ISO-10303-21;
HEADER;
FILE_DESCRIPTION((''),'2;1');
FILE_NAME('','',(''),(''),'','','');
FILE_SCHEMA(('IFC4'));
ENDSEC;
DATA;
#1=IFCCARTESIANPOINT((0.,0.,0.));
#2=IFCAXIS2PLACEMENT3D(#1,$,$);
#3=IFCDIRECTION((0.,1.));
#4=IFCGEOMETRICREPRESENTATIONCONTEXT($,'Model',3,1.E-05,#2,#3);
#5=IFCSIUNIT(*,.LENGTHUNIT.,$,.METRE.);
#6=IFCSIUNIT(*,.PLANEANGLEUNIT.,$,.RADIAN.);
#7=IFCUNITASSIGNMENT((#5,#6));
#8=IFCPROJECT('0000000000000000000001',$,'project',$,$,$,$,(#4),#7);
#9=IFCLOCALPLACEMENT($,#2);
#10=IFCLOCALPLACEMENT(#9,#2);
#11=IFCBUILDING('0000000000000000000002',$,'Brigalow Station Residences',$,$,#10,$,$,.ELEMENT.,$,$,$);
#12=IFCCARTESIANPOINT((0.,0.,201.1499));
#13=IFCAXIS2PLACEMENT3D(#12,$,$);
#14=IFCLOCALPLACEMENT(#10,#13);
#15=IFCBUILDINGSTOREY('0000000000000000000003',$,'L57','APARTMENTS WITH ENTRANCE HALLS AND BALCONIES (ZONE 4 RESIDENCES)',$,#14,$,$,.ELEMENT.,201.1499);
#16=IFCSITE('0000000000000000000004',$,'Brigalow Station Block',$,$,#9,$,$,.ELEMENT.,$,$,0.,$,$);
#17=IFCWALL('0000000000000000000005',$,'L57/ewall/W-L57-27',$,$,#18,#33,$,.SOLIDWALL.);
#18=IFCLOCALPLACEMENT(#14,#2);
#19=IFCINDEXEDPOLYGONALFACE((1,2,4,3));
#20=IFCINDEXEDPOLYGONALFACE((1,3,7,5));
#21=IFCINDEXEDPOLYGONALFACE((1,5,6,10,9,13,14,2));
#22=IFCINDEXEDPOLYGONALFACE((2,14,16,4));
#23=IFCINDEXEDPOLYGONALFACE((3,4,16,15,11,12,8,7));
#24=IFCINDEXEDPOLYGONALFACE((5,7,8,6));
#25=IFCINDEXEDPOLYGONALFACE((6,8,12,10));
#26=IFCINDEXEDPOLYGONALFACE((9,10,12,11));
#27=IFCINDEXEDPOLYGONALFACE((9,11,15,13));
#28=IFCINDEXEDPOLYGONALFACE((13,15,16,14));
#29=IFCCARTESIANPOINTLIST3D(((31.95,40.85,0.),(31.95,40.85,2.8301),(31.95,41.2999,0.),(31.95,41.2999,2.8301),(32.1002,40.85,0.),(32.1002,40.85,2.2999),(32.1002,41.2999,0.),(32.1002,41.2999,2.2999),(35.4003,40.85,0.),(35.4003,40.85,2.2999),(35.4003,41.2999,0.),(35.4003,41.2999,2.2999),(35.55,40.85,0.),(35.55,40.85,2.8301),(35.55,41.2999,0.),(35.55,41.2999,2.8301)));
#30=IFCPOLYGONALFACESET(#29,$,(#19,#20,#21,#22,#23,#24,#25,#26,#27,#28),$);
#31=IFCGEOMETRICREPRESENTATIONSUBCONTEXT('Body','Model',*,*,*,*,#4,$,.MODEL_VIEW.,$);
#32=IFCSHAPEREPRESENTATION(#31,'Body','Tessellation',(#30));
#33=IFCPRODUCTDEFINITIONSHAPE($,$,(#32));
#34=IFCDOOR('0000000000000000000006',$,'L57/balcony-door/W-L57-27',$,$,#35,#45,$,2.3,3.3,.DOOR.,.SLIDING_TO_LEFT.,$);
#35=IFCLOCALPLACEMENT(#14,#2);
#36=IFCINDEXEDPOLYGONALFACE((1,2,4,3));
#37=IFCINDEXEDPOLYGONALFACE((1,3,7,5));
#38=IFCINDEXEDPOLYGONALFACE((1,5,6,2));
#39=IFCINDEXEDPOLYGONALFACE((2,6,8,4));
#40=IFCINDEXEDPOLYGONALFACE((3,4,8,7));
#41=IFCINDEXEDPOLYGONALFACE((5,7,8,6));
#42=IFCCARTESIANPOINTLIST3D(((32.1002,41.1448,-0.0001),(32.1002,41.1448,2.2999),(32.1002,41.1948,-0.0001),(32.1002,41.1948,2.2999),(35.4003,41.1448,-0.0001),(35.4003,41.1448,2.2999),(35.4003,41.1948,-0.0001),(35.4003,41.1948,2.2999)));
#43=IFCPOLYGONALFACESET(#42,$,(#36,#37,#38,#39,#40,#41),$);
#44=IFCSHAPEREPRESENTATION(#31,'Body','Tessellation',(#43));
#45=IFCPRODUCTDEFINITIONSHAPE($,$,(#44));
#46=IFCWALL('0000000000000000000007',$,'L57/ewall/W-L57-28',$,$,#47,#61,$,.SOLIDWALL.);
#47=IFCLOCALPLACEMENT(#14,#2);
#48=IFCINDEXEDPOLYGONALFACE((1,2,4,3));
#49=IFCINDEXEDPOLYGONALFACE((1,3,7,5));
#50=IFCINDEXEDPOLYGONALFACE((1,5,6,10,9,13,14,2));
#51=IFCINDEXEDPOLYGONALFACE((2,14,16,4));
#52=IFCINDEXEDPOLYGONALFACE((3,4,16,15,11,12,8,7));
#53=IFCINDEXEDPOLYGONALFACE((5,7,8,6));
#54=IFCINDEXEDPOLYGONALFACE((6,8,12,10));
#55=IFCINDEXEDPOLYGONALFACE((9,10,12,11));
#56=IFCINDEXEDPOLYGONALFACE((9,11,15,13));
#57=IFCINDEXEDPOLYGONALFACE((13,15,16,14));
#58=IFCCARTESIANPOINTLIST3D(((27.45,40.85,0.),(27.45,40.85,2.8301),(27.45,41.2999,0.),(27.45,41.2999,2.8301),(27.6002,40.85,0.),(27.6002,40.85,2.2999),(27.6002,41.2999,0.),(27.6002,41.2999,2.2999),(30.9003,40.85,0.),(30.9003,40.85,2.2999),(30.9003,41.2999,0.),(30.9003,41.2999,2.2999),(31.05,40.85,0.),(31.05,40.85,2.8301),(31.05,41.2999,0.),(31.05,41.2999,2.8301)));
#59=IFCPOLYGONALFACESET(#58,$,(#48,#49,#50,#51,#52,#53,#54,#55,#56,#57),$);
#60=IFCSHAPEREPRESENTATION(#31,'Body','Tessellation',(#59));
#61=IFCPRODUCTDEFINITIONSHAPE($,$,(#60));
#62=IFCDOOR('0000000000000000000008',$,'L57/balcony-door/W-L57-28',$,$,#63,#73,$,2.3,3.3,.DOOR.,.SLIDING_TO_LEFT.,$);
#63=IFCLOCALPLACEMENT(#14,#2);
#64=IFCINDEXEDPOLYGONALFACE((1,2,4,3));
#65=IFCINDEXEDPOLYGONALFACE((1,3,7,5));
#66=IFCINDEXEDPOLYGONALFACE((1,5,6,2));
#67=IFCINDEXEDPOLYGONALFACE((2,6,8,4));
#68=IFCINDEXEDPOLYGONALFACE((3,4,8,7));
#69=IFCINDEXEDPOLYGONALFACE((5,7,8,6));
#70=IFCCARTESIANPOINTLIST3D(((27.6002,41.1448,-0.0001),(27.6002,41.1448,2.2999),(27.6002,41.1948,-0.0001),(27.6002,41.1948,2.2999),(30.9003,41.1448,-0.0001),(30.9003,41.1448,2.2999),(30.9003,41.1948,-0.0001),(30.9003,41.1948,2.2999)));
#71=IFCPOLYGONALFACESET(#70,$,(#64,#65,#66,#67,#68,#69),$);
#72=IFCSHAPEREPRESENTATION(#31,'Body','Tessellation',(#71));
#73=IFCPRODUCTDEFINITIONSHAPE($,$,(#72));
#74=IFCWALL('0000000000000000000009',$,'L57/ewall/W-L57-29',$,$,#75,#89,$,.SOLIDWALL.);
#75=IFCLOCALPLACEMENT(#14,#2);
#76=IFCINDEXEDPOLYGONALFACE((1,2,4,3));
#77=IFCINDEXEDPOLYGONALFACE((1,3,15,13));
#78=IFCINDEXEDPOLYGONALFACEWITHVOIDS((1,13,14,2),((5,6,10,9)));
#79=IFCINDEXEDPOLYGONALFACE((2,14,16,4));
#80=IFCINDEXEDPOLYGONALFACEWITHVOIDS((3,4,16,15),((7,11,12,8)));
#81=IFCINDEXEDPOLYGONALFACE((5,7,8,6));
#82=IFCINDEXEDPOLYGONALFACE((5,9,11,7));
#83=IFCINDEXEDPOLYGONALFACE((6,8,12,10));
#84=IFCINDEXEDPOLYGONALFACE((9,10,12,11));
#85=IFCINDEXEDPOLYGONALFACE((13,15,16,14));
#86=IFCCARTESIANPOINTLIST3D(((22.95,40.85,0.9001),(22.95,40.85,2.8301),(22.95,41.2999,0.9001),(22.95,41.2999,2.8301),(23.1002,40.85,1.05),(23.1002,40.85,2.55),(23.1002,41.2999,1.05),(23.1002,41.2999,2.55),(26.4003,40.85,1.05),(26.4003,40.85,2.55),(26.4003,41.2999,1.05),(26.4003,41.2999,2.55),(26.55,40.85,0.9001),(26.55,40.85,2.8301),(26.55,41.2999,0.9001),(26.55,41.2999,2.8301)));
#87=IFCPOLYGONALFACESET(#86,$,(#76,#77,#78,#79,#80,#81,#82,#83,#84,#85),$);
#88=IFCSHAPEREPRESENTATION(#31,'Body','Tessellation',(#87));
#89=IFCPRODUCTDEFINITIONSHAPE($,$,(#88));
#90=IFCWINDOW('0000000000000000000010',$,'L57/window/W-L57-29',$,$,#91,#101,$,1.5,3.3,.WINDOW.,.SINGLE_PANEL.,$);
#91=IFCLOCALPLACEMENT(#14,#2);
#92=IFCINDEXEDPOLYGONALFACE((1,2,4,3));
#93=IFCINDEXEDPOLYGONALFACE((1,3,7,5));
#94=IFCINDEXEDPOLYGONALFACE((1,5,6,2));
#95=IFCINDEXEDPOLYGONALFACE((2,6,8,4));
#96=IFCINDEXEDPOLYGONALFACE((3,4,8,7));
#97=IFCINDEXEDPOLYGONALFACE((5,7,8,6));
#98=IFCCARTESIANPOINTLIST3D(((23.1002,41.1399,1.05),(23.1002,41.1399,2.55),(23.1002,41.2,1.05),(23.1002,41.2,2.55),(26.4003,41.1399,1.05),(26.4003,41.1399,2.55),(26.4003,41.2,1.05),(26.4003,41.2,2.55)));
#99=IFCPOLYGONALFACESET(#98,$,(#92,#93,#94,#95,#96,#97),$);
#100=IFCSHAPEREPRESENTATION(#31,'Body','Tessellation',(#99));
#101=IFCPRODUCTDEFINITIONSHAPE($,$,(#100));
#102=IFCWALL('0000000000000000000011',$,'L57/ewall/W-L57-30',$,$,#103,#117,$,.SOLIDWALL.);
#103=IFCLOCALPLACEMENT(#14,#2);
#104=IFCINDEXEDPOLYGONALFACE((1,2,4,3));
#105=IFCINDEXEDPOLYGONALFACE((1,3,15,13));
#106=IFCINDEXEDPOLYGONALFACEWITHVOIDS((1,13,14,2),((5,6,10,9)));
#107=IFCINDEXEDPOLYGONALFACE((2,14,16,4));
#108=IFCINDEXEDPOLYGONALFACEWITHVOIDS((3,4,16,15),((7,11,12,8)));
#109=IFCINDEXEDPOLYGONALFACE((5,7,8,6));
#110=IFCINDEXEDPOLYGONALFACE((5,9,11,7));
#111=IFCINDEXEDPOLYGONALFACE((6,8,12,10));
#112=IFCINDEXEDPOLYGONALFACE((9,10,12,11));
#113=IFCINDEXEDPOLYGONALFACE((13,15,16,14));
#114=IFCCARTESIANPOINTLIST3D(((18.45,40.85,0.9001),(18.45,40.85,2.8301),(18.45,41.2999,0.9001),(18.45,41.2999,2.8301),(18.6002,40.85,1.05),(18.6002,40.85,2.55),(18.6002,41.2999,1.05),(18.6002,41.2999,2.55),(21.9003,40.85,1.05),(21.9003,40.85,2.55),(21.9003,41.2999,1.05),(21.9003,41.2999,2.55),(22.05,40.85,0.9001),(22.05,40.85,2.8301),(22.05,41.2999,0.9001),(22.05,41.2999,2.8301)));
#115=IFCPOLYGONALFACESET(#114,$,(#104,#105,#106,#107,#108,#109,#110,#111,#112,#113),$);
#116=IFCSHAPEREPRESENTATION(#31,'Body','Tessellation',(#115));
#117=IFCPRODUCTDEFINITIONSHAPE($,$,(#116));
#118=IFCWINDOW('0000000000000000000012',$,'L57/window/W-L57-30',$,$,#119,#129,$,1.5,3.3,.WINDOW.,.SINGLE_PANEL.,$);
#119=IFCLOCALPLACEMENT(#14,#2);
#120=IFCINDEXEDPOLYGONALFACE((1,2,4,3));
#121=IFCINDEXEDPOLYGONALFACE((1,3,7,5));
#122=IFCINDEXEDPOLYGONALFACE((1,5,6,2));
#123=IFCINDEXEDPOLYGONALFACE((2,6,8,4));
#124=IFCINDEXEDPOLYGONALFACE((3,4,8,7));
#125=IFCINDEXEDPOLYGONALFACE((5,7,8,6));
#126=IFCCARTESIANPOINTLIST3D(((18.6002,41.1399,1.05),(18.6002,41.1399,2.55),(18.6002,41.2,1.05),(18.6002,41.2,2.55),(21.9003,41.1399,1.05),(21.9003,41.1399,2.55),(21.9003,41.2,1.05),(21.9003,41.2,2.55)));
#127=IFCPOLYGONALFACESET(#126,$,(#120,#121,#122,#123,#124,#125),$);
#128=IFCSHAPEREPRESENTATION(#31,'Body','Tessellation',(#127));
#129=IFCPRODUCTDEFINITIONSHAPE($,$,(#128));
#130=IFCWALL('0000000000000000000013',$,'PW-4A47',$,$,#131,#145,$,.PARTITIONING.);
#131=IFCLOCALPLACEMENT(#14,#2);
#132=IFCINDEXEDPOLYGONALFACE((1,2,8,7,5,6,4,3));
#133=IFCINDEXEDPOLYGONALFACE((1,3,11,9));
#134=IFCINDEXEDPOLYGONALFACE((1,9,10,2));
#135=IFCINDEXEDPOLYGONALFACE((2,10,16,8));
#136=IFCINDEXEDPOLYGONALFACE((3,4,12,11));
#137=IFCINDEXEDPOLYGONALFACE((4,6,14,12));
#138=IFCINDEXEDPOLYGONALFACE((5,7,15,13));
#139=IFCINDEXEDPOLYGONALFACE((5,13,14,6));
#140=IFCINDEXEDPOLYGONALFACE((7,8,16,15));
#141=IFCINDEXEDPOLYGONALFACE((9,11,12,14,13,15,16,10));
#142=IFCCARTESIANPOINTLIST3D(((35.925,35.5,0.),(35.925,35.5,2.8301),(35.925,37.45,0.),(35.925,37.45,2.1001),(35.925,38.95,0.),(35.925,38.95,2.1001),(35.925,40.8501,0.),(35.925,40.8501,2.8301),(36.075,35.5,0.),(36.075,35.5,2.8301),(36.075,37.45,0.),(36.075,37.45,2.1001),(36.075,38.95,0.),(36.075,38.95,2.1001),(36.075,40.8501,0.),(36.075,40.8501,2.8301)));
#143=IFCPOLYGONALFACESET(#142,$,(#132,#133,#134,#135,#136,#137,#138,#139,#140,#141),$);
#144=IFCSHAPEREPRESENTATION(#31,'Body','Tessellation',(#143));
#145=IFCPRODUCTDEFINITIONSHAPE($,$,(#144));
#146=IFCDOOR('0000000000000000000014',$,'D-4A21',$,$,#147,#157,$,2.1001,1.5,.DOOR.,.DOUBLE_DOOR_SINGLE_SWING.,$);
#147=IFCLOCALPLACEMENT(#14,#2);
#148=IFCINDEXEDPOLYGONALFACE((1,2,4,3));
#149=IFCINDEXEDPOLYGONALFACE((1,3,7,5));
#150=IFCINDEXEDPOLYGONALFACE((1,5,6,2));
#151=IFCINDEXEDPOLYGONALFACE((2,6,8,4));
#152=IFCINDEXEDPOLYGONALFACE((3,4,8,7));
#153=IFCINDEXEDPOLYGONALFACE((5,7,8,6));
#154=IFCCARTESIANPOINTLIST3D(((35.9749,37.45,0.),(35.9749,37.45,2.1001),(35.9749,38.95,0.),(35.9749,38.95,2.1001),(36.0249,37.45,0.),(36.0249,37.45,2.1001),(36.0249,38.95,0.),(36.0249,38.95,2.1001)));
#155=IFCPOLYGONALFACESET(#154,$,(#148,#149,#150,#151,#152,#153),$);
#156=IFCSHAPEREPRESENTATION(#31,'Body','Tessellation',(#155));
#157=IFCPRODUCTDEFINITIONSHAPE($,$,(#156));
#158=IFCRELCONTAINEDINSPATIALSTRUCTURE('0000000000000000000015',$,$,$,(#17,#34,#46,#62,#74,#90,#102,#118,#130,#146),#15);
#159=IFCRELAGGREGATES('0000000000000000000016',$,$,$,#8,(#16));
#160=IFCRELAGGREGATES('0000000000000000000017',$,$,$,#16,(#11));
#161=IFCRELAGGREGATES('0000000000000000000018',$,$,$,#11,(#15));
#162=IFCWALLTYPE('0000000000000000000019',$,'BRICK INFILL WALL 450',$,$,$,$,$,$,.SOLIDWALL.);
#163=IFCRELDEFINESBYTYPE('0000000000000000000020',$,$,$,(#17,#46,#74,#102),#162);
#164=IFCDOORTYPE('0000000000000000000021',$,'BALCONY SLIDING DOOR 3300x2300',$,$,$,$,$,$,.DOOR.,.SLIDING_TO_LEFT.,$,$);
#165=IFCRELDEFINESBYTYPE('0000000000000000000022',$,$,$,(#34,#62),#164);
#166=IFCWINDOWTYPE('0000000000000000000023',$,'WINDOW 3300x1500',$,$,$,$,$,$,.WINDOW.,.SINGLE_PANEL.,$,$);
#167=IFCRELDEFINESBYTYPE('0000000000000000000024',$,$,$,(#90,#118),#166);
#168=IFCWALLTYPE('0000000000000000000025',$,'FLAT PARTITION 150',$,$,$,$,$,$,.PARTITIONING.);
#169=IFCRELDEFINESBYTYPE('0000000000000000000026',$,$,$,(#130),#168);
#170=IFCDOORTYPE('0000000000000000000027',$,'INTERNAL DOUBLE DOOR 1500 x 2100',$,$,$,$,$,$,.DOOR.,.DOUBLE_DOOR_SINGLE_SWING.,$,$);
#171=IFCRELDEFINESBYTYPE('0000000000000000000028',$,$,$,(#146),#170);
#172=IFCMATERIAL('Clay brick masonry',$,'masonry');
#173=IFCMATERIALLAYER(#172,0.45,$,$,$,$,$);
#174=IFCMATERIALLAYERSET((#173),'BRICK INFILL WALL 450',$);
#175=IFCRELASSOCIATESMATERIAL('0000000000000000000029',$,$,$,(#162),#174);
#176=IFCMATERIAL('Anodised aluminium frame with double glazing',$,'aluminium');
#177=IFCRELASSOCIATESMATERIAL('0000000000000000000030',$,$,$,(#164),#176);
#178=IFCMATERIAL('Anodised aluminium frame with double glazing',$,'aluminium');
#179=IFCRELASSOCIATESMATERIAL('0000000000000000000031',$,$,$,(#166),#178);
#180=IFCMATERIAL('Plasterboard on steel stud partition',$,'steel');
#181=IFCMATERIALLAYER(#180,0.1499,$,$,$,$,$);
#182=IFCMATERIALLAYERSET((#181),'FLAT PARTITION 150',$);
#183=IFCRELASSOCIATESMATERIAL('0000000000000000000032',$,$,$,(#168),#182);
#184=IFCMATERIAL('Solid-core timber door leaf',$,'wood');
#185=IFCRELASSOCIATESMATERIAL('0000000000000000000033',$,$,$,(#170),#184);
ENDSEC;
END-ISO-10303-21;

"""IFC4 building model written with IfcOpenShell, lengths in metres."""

from ifc_helpers import new_model, si_unit, direction, frame, frame_2d, origin, place, context, subcontext, project, spatial, rectangle, extrude, material, layer, layer_set, type_object, element, fill, save


model = new_model("IFC4")

# Units and contexts
model_context = context("Model", 3, precision=1e-05, world=origin(), true_north=direction((0.0, 1.0)))
body_context = subcontext(model_context, "Body", "Model", "MODEL_VIEW")
ifc_project = project(units=[si_unit("LENGTHUNIT", "METRE"), si_unit("PLANEANGLEUNIT", "RADIAN")], contexts=[model_context])

# Site, building, storey
site_placement = place(None, origin())
site = spatial("IfcSite", under=ifc_project, at=site_placement, Name="Brigalow Station Block", CompositionType="ELEMENT", RefElevation=0.0)
building_placement = place(site_placement, origin())
building = spatial("IfcBuilding", under=site, at=building_placement, Name="Brigalow Station Residences", CompositionType="ELEMENT")
storey_placement = place(building_placement, frame((0.0, 0.0, 201.1499)))
storey = spatial("IfcBuildingStorey", under=building, at=storey_placement, Name="L57", Description="APARTMENTS WITH ENTRANCE HALLS AND BALCONIES (ZONE 4 RESIDENCES)", CompositionType="ELEMENT", Elevation=201.1499)

# Walls, openings, doors
ifc_material_1 = material(Name="Clay brick masonry", Category="masonry")
ifc_layer_1 = layer(ifc_material_1, 0.45)
ifc_layer_set_1 = layer_set([ifc_layer_1], Name="BRICK INFILL WALL 450")
wall_type_1 = type_object("IfcWallType", Name="BRICK INFILL WALL 450", PredefinedType="SOLIDWALL", material=ifc_layer_set_1)
wall_1_placement = place(storey_placement, frame((35.55, 41.075, 0.0), z_axis=(0.0, 0.0, 1.0), x_axis=(-1.0, 0.0, 0.0)))
wall_1 = element("IfcWall", 1, at=wall_1_placement, inside=storey, type_object=wall_type_1, Name="L57/ewall/W-L57-27", PredefinedType="SOLIDWALL", context=body_context, shape_type="SweptSolid", body=[
    extrude(rectangle(XDim=3.6001, YDim=0.45, at=frame_2d((1.8, 0.0))), origin(), (0.0, 0.0, 1.0), 2.8301),
])
opening_1_placement = place(wall_1_placement, frame((0.1499, 0.0, 0.0)))
opening_1 = element("IfcOpeningElement", 2, at=opening_1_placement, cuts=wall_1, PredefinedType="OPENING", context=body_context, shape_type="SweptSolid", body=[
    extrude(rectangle(XDim=3.3, YDim=2.3, at=frame_2d((1.6499, 1.1499))), frame((0.0, 0.2349, 0.0), z_axis=(0.0, -1.0, 0.0), x_axis=(1.0, 0.0, 0.0)), (0.0, 0.0, 1.0), 0.47),
])
ifc_material_2 = material(Name="Anodised aluminium frame with double glazing", Category="aluminium")
door_type_1 = type_object("IfcDoorType", Name="BALCONY SLIDING DOOR 3300x2300", OperationType="SLIDING_TO_LEFT", PredefinedType="DOOR", material=ifc_material_2)
door_1_placement = place(opening_1_placement, origin())
door_1 = element("IfcDoor", 3, at=door_1_placement, inside=storey, type_object=door_type_1, Name="L57/balcony-door/W-L57-27", OperationType="SLIDING_TO_LEFT", OverallHeight=2.3, OverallWidth=3.3, PredefinedType="DOOR", context=body_context, shape_type="SweptSolid", body=[
    extrude(rectangle(XDim=3.3, YDim=2.3, at=frame_2d((1.6499, 1.1499))), frame((0.0, -0.0698, 0.0), z_axis=(0.0, -1.0, 0.0), x_axis=(1.0, 0.0, 0.0)), (0.0, 0.0, 1.0), 0.05),
])
fill(opening_1, door_1)
wall_2_placement = place(storey_placement, frame((31.05, 41.075, 0.0), z_axis=(0.0, 0.0, 1.0), x_axis=(-1.0, 0.0, 0.0)))
wall_2 = element("IfcWall", 4, at=wall_2_placement, inside=storey, type_object=wall_type_1, Name="L57/ewall/W-L57-28", PredefinedType="SOLIDWALL", context=body_context, shape_type="SweptSolid", body=[
    extrude(rectangle(XDim=3.6001, YDim=0.45, at=frame_2d((1.8, 0.0))), origin(), (0.0, 0.0, 1.0), 2.8301),
])
opening_2_placement = place(wall_2_placement, frame((0.1499, 0.0, 0.0)))
opening_2 = element("IfcOpeningElement", 5, at=opening_2_placement, cuts=wall_2, PredefinedType="OPENING", context=body_context, shape_type="SweptSolid", body=[
    extrude(rectangle(XDim=3.3, YDim=2.3, at=frame_2d((1.6499, 1.1499))), frame((0.0, 0.2349, 0.0), z_axis=(0.0, -1.0, 0.0), x_axis=(1.0, 0.0, 0.0)), (0.0, 0.0, 1.0), 0.47),
])
door_2_placement = place(opening_2_placement, origin())
door_2 = element("IfcDoor", 6, at=door_2_placement, inside=storey, type_object=door_type_1, Name="L57/balcony-door/W-L57-28", OperationType="SLIDING_TO_LEFT", OverallHeight=2.3, OverallWidth=3.3, PredefinedType="DOOR", context=body_context, shape_type="SweptSolid", body=[
    extrude(rectangle(XDim=3.3, YDim=2.3, at=frame_2d((1.6499, 1.1499))), frame((0.0, -0.0698, 0.0), z_axis=(0.0, -1.0, 0.0), x_axis=(1.0, 0.0, 0.0)), (0.0, 0.0, 1.0), 0.05),
])
fill(opening_2, door_2)

# Walls, openings, windows
wall_3_placement = place(storey_placement, frame((26.55, 41.075, 0.9001), z_axis=(0.0, 0.0, 1.0), x_axis=(-1.0, 0.0, 0.0)))
wall_3 = element("IfcWall", 7, at=wall_3_placement, inside=storey, type_object=wall_type_1, Name="L57/ewall/W-L57-29", PredefinedType="SOLIDWALL", context=body_context, shape_type="SweptSolid", body=[
    extrude(rectangle(XDim=3.6001, YDim=0.45, at=frame_2d((1.8, 0.0))), origin(), (0.0, 0.0, 1.0), 1.9299),
])
opening_3_placement = place(wall_3_placement, frame((0.1499, 0.0, 0.1499)))
opening_3 = element("IfcOpeningElement", 8, at=opening_3_placement, cuts=wall_3, PredefinedType="OPENING", context=body_context, shape_type="SweptSolid", body=[
    extrude(rectangle(XDim=3.3, YDim=1.5, at=frame_2d((1.6499, 0.75))), frame((0.0, 0.2349, 0.0), z_axis=(0.0, -1.0, 0.0), x_axis=(1.0, 0.0, 0.0)), (0.0, 0.0, 1.0), 0.47),
])
ifc_material_3 = material(Name="Anodised aluminium frame with double glazing", Category="aluminium")
window_type = type_object("IfcWindowType", Name="WINDOW 3300x1500", PartitioningType="SINGLE_PANEL", PredefinedType="WINDOW", material=ifc_material_3)
window_1_placement = place(opening_3_placement, origin())
window_1 = element("IfcWindow", 9, at=window_1_placement, inside=storey, type_object=window_type, Name="L57/window/W-L57-29", OverallHeight=1.5, OverallWidth=3.3, PartitioningType="SINGLE_PANEL", PredefinedType="WINDOW", context=body_context, shape_type="SweptSolid", body=[
    extrude(rectangle(XDim=3.3, YDim=1.5, at=frame_2d((1.6499, 0.75))), frame((0.0, -0.0649, 0.0), z_axis=(0.0, -1.0, 0.0), x_axis=(1.0, 0.0, 0.0)), (0.0, 0.0, 1.0), 0.0601),
])
fill(opening_3, window_1)
wall_4_placement = place(storey_placement, frame((22.05, 41.075, 0.9001), z_axis=(0.0, 0.0, 1.0), x_axis=(-1.0, 0.0, 0.0)))
wall_4 = element("IfcWall", 10, at=wall_4_placement, inside=storey, type_object=wall_type_1, Name="L57/ewall/W-L57-30", PredefinedType="SOLIDWALL", context=body_context, shape_type="SweptSolid", body=[
    extrude(rectangle(XDim=3.6001, YDim=0.45, at=frame_2d((1.8, 0.0))), origin(), (0.0, 0.0, 1.0), 1.9299),
])
opening_4_placement = place(wall_4_placement, frame((0.1499, 0.0, 0.1499)))
opening_4 = element("IfcOpeningElement", 11, at=opening_4_placement, cuts=wall_4, PredefinedType="OPENING", context=body_context, shape_type="SweptSolid", body=[
    extrude(rectangle(XDim=3.3, YDim=1.5, at=frame_2d((1.6499, 0.75))), frame((0.0, 0.2349, 0.0), z_axis=(0.0, -1.0, 0.0), x_axis=(1.0, 0.0, 0.0)), (0.0, 0.0, 1.0), 0.47),
])
window_2_placement = place(opening_4_placement, origin())
window_2 = element("IfcWindow", 12, at=window_2_placement, inside=storey, type_object=window_type, Name="L57/window/W-L57-30", OverallHeight=1.5, OverallWidth=3.3, PartitioningType="SINGLE_PANEL", PredefinedType="WINDOW", context=body_context, shape_type="SweptSolid", body=[
    extrude(rectangle(XDim=3.3, YDim=1.5, at=frame_2d((1.6499, 0.75))), frame((0.0, -0.0649, 0.0), z_axis=(0.0, -1.0, 0.0), x_axis=(1.0, 0.0, 0.0)), (0.0, 0.0, 1.0), 0.0601),
])
fill(opening_4, window_2)

# Wall, opening, door
ifc_material_4 = material(Name="Plasterboard on steel stud partition", Category="steel")
ifc_layer_2 = layer(ifc_material_4, 0.1499)
ifc_layer_set_2 = layer_set([ifc_layer_2], Name="FLAT PARTITION 150")
wall_type_2 = type_object("IfcWallType", Name="FLAT PARTITION 150", PredefinedType="PARTITIONING", material=ifc_layer_set_2)
wall_5_placement = place(storey_placement, frame((36.0, 35.5, 0.0), z_axis=(0.0, 0.0, 1.0), x_axis=(0.0, 1.0, 0.0)))
wall_5 = element("IfcWall", 13, at=wall_5_placement, inside=storey, type_object=wall_type_2, Name="PW-4A47", PredefinedType="PARTITIONING", context=body_context, shape_type="SweptSolid", body=[
    extrude(rectangle(XDim=5.3501, YDim=0.1499, at=frame_2d((2.675, 0.0))), origin(), (0.0, 0.0, 1.0), 2.8301),
])
opening_5_placement = place(wall_5_placement, frame((1.95, 0.0, 0.0)))
opening_5 = element("IfcOpeningElement", 14, at=opening_5_placement, cuts=wall_5, PredefinedType="OPENING", context=body_context, shape_type="SweptSolid", body=[
    extrude(rectangle(XDim=1.5, YDim=2.1001, at=frame_2d((0.75, 1.05))), frame((0.0, 0.085, 0.0), z_axis=(0.0, -1.0, 0.0), x_axis=(1.0, 0.0, 0.0)), (0.0, 0.0, 1.0), 0.1699),
])
ifc_material_5 = material(Name="Solid-core timber door leaf", Category="wood")
door_type_2 = type_object("IfcDoorType", Name="INTERNAL DOUBLE DOOR 1500 x 2100", OperationType="DOUBLE_DOOR_SINGLE_SWING", PredefinedType="DOOR", material=ifc_material_5)
door_3_placement = place(opening_5_placement, frame((1.5, 0.0, 0.0), z_axis=(0.0, 0.0, 1.0), x_axis=(-1.0, 0.0, 0.0)))
door_3 = element("IfcDoor", 15, at=door_3_placement, inside=storey, type_object=door_type_2, Name="D-4A21", OperationType="DOUBLE_DOOR_SINGLE_SWING", OverallHeight=2.1001, OverallWidth=1.5, PredefinedType="DOOR", context=body_context, shape_type="SweptSolid", body=[
    extrude(rectangle(XDim=1.5, YDim=2.1001, at=frame_2d((0.75, 1.05))), frame((0.0, 0.0249, 0.0), z_axis=(0.0, -1.0, 0.0), x_axis=(1.0, 0.0, 0.0)), (0.0, 0.0, 1.0), 0.05),
])
fill(opening_5, door_3)

save(model, "model.ifc")
